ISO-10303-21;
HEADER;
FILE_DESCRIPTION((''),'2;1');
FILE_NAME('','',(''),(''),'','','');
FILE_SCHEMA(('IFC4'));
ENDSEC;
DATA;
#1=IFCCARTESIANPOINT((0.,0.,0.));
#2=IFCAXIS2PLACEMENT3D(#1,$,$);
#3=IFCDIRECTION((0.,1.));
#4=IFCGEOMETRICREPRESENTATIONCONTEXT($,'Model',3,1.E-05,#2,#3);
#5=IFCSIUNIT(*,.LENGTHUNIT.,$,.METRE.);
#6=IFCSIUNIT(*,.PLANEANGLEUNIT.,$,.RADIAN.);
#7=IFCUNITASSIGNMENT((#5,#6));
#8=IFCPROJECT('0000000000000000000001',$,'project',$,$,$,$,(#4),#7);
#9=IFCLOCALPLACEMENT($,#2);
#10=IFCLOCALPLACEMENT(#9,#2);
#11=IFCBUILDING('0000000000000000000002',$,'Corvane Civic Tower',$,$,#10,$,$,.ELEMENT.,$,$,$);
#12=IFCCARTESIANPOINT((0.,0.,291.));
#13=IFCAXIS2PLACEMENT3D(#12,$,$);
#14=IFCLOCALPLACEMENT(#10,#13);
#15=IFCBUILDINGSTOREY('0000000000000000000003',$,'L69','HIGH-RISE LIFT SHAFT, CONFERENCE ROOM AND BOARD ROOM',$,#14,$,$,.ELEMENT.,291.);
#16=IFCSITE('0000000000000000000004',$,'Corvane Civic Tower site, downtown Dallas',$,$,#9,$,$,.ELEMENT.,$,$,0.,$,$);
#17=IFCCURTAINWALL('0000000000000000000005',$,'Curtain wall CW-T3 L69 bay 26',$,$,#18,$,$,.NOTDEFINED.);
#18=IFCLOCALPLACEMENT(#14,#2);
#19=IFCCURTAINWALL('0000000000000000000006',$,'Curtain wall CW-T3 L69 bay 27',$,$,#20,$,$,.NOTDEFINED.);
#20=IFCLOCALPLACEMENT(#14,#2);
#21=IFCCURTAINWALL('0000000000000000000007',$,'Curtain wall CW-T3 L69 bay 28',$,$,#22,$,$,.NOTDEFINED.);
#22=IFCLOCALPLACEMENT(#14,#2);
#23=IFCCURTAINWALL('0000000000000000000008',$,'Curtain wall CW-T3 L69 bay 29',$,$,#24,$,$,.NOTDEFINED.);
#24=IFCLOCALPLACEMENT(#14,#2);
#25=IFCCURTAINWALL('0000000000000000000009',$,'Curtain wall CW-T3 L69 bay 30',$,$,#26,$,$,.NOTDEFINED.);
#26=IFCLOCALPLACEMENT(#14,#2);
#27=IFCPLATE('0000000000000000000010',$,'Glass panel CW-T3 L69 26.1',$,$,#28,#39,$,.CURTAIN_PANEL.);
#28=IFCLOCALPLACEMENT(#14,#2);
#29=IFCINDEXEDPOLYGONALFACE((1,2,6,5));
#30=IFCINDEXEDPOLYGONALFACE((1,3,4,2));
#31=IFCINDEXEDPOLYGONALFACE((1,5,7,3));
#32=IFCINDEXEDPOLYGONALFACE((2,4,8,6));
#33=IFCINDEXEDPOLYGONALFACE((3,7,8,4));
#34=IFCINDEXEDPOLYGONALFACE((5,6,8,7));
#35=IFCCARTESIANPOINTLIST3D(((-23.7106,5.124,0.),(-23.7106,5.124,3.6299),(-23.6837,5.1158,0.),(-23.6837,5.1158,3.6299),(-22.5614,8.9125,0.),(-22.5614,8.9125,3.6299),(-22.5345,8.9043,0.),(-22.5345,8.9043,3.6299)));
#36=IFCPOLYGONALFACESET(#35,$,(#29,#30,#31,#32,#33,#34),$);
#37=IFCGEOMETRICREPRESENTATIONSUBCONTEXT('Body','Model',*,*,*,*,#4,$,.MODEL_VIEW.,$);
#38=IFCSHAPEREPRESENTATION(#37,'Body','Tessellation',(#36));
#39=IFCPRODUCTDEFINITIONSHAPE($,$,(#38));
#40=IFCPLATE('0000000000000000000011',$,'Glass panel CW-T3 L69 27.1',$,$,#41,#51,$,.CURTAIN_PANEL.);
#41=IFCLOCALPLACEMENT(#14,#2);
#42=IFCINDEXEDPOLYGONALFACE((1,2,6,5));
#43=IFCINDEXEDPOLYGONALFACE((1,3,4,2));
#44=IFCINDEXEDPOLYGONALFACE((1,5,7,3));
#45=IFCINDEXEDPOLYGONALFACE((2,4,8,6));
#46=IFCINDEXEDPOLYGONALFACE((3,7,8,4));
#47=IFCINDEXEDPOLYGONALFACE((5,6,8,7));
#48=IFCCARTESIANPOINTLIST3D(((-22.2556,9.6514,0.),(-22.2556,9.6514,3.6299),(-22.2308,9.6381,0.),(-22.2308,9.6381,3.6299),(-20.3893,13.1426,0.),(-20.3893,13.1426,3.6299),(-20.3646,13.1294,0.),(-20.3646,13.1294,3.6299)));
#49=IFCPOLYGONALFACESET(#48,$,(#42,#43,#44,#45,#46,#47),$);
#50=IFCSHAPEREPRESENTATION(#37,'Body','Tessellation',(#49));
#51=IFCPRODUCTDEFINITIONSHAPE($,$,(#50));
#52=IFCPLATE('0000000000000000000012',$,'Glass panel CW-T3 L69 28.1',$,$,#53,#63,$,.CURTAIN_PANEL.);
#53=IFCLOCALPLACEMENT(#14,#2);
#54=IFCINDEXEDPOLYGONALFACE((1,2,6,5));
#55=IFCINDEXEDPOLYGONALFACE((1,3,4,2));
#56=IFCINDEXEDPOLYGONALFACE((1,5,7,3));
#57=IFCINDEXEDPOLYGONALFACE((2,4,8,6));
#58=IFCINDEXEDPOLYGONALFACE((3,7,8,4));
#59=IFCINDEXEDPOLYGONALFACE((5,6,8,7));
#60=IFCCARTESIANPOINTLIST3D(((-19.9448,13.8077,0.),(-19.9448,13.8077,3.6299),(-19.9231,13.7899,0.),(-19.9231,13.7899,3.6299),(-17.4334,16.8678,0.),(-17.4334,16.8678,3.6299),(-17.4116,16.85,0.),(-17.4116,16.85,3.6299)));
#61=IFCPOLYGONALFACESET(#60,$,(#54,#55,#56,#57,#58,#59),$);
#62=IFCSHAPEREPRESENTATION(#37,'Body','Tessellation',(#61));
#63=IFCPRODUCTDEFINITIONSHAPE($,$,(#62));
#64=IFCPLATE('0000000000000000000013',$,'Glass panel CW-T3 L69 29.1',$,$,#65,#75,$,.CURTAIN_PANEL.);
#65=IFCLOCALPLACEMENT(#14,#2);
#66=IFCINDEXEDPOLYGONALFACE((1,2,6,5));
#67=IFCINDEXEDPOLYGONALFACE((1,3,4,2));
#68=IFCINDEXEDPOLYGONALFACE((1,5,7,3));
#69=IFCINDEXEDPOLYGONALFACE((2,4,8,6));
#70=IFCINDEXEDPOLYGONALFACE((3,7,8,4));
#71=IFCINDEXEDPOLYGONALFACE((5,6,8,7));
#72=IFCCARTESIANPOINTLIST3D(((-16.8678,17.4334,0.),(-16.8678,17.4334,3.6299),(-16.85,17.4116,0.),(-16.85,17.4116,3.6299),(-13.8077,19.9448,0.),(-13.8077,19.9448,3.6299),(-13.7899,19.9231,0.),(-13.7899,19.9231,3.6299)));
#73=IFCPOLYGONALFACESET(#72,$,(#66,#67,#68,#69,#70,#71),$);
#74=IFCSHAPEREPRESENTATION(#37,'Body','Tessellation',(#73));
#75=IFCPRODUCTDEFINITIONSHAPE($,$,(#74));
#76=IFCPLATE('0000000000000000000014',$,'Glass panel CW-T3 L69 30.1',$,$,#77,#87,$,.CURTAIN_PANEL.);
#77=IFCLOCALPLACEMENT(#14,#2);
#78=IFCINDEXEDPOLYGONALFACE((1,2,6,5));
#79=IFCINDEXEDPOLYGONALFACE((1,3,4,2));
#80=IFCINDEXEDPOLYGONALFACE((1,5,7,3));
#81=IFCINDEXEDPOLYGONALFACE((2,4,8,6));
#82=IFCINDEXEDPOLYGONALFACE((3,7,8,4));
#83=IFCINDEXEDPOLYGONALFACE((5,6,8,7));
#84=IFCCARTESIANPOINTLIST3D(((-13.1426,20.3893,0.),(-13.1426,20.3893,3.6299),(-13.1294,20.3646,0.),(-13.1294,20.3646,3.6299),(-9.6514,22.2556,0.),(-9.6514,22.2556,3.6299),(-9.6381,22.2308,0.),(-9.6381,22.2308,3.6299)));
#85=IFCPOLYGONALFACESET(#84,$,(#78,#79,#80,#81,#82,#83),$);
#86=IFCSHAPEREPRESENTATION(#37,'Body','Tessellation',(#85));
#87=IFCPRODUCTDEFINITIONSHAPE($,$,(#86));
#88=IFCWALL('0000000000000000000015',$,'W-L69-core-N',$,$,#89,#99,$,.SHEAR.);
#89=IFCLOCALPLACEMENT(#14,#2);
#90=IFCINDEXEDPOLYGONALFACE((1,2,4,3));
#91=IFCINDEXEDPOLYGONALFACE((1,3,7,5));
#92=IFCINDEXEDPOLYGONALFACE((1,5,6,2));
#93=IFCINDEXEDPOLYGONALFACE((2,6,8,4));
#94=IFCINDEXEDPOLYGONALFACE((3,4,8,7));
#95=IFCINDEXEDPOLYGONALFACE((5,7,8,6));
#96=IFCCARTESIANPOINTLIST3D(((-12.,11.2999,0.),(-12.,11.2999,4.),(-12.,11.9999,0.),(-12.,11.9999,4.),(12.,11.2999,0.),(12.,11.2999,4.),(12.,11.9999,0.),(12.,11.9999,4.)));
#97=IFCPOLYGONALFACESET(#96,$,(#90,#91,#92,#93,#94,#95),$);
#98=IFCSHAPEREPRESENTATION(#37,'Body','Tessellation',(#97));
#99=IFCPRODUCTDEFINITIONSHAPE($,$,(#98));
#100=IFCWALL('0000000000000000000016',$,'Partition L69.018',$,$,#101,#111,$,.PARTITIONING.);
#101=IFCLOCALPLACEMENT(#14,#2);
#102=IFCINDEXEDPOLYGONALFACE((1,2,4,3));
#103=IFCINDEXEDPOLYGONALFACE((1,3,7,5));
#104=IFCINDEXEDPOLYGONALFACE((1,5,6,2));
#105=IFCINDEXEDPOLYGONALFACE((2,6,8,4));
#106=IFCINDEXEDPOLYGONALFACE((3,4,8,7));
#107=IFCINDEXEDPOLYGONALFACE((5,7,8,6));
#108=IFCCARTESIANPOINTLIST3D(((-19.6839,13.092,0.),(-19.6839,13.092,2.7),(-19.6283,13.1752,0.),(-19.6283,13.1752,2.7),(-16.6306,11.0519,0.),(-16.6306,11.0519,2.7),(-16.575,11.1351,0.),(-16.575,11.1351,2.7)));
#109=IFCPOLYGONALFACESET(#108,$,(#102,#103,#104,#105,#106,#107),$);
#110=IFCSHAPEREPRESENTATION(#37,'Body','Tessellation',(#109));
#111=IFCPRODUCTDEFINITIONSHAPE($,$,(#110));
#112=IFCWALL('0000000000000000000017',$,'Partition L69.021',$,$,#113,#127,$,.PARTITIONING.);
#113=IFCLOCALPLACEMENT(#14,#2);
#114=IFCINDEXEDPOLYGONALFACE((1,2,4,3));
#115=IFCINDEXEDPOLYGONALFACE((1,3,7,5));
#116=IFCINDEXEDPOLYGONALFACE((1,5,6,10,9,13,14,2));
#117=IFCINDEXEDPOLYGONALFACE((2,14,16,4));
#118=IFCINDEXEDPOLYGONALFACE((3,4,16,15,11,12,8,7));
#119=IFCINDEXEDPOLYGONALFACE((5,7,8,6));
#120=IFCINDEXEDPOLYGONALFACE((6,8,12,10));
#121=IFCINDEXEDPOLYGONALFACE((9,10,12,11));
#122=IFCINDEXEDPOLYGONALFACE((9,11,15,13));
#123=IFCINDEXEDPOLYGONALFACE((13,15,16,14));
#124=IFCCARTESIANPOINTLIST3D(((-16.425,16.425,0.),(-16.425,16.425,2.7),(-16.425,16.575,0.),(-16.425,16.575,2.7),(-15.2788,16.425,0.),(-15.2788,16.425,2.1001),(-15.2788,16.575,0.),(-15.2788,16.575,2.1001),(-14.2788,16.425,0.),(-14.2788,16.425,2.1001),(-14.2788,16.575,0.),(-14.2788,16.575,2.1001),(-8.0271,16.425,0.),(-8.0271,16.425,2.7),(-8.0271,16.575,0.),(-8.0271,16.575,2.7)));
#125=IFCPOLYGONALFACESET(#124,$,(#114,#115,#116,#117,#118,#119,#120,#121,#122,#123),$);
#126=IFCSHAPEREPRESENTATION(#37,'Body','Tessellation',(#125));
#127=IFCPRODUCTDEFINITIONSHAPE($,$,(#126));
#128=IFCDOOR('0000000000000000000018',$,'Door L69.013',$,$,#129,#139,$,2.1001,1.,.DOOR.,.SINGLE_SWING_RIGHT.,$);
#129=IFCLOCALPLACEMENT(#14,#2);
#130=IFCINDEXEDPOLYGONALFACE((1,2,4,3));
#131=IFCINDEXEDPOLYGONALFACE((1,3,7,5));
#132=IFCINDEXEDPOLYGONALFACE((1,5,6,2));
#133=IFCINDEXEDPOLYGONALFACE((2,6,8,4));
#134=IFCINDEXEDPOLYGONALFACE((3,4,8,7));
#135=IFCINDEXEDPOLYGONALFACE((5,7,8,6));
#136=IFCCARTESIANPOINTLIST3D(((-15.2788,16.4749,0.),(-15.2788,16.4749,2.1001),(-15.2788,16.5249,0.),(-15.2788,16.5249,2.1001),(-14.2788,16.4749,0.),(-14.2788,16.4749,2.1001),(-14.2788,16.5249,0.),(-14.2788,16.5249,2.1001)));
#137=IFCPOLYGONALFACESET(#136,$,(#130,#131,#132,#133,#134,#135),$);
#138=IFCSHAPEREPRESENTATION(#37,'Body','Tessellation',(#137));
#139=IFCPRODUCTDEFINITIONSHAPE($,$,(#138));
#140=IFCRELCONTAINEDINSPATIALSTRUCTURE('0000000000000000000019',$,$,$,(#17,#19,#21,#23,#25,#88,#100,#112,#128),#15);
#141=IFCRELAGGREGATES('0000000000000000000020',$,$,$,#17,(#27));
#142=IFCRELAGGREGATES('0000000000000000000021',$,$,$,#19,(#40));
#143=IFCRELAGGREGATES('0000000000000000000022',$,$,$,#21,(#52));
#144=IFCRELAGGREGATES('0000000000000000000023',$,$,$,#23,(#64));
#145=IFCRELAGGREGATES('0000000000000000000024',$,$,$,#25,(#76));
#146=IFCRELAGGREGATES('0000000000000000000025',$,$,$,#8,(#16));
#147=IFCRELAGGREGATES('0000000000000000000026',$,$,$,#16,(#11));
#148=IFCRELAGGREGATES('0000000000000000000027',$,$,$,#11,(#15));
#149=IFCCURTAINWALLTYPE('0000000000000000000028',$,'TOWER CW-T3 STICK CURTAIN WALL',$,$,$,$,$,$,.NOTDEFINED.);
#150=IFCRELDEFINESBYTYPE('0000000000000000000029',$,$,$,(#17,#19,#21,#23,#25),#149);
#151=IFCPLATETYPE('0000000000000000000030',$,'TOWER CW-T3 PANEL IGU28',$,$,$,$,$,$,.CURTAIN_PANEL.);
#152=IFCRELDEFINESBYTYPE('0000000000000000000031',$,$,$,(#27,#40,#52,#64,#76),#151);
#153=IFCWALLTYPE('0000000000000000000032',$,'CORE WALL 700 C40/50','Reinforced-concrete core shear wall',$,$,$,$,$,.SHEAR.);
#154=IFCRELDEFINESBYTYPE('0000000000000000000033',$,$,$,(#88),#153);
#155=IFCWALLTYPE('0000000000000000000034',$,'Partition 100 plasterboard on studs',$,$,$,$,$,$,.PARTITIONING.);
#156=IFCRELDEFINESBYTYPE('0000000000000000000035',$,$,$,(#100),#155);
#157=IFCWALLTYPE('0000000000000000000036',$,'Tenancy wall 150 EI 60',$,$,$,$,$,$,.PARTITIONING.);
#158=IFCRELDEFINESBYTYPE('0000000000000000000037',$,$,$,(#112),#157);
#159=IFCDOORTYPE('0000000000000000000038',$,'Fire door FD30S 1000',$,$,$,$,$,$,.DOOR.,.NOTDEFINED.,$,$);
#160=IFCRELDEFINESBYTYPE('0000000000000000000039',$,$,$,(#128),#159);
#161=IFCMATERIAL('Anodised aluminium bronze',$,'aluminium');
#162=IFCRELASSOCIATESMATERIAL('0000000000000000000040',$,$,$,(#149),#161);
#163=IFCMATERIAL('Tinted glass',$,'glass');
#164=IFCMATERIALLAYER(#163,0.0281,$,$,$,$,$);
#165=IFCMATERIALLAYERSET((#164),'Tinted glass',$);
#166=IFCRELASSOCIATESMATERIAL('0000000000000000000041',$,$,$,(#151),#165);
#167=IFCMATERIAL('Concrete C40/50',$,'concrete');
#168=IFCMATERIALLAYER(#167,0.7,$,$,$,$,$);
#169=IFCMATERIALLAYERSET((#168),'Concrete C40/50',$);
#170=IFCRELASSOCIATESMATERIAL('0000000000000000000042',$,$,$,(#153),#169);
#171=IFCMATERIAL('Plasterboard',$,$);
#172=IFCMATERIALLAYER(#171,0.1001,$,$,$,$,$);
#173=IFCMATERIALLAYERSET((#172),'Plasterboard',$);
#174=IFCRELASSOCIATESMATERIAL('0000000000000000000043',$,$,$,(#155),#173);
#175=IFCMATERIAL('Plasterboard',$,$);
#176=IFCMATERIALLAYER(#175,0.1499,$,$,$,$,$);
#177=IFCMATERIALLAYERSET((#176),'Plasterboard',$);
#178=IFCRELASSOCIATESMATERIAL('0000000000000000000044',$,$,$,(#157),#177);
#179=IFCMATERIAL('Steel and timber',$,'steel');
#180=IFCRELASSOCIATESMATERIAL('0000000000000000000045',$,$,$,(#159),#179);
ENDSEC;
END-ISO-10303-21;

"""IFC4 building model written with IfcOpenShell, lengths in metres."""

from ifc_helpers import new_model, si_unit, direction, frame, frame_2d, origin, origin_2d, place, context, subcontext, project, spatial, rectangle, extrude, material, layer, layer_set, type_object, element, fill, aggregate, save


model = new_model("IFC4")

# Units and contexts
model_context = context("Model", 3, precision=1e-05, world=origin(), true_north=direction((0.0, 1.0)))
body_context = subcontext(model_context, "Body", "Model", "MODEL_VIEW")
ifc_project = project(units=[si_unit("LENGTHUNIT", "METRE"), si_unit("PLANEANGLEUNIT", "RADIAN")], contexts=[model_context])

# Site, building, storey
site_placement = place(None, origin())
site = spatial("IfcSite", under=ifc_project, at=site_placement, Name="Corvane Civic Tower site, downtown Dallas", CompositionType="ELEMENT", RefElevation=0.0)
building_placement = place(site_placement, origin())
building = spatial("IfcBuilding", under=site, at=building_placement, Name="Corvane Civic Tower", CompositionType="ELEMENT")
storey_placement = place(building_placement, frame((0.0, 0.0, 291.0)))
storey = spatial("IfcBuildingStorey", under=building, at=storey_placement, Name="L69", Description="HIGH-RISE LIFT SHAFT, CONFERENCE ROOM AND BOARD ROOM", CompositionType="ELEMENT", Elevation=291.0)

# Curtain walls
ifc_material_1 = material(Name="Anodised aluminium bronze", Category="aluminium")
curtain_wall_type = type_object("IfcCurtainWallType", Name="TOWER CW-T3 STICK CURTAIN WALL", PredefinedType="NOTDEFINED", material=ifc_material_1)
curtain_wall_1_placement = place(storey_placement, origin())
curtain_wall_1 = element("IfcCurtainWall", 1, at=curtain_wall_1_placement, inside=storey, type_object=curtain_wall_type, Name="Curtain wall CW-T3 L69 bay 26", PredefinedType="NOTDEFINED")
curtain_wall_2_placement = place(storey_placement, origin())
curtain_wall_2 = element("IfcCurtainWall", 2, at=curtain_wall_2_placement, inside=storey, type_object=curtain_wall_type, Name="Curtain wall CW-T3 L69 bay 27", PredefinedType="NOTDEFINED")
curtain_wall_3_placement = place(storey_placement, origin())
curtain_wall_3 = element("IfcCurtainWall", 3, at=curtain_wall_3_placement, inside=storey, type_object=curtain_wall_type, Name="Curtain wall CW-T3 L69 bay 28", PredefinedType="NOTDEFINED")
curtain_wall_4_placement = place(storey_placement, origin())
curtain_wall_4 = element("IfcCurtainWall", 4, at=curtain_wall_4_placement, inside=storey, type_object=curtain_wall_type, Name="Curtain wall CW-T3 L69 bay 29", PredefinedType="NOTDEFINED")
curtain_wall_5_placement = place(storey_placement, origin())
curtain_wall_5 = element("IfcCurtainWall", 5, at=curtain_wall_5_placement, inside=storey, type_object=curtain_wall_type, Name="Curtain wall CW-T3 L69 bay 30", PredefinedType="NOTDEFINED")

# Plates
ifc_material_2 = material(Name="Tinted glass", Category="glass")
ifc_layer_1 = layer(ifc_material_2, 0.0281)
ifc_layer_set_1 = layer_set([ifc_layer_1], Name="Tinted glass")
plate_type = type_object("IfcPlateType", Name="TOWER CW-T3 PANEL IGU28", PredefinedType="CURTAIN_PANEL", material=ifc_layer_set_1)
plate_1_placement = place(storey_placement, frame((-23.1226, 7.0142, 0.0), z_axis=(0.0, 0.0, 1.0), x_axis=(0.290274, 0.956944, 0.0)))
plate_1 = element("IfcPlate", 6, at=plate_1_placement, type_object=plate_type, Name="Glass panel CW-T3 L69 26.1", PredefinedType="CURTAIN_PANEL", context=body_context, shape_type="SweptSolid", body=[
    extrude(rectangle(XDim=3.959, YDim=0.0281, at=origin_2d()), origin(), (0.0, 0.0, 1.0), 3.6299),
])
aggregate(curtain_wall_1, [plate_1])
plate_2_placement = place(storey_placement, frame((-21.3101, 11.3904, 0.0), z_axis=(0.0, 0.0, 1.0), x_axis=(0.471421, 0.881908, 0.0)))
plate_2 = element("IfcPlate", 7, at=plate_2_placement, type_object=plate_type, Name="Glass panel CW-T3 L69 27.1", PredefinedType="CURTAIN_PANEL", context=body_context, shape_type="SweptSolid", body=[
    extrude(rectangle(XDim=3.9587, YDim=0.0281, at=origin_2d()), origin(), (0.0, 0.0, 1.0), 3.6299),
])
aggregate(curtain_wall_2, [plate_2])
plate_3_placement = place(storey_placement, frame((-18.6782, 15.3289, 0.0), z_axis=(0.0, 0.0, 1.0), x_axis=(0.634405, 0.773001, 0.0)))
plate_3 = element("IfcPlate", 8, at=plate_3_placement, type_object=plate_type, Name="Glass panel CW-T3 L69 28.1", PredefinedType="CURTAIN_PANEL", context=body_context, shape_type="SweptSolid", body=[
    extrude(rectangle(XDim=3.9587, YDim=0.0281, at=origin_2d()), origin(), (0.0, 0.0, 1.0), 3.6299),
])
aggregate(curtain_wall_3, [plate_3])
plate_4_placement = place(storey_placement, frame((-15.3289, 18.6782, 0.0), z_axis=(0.0, 0.0, 1.0), x_axis=(0.773001, 0.634405, 0.0)))
plate_4 = element("IfcPlate", 9, at=plate_4_placement, type_object=plate_type, Name="Glass panel CW-T3 L69 29.1", PredefinedType="CURTAIN_PANEL", context=body_context, shape_type="SweptSolid", body=[
    extrude(rectangle(XDim=3.9587, YDim=0.0281, at=origin_2d()), origin(), (0.0, 0.0, 1.0), 3.6299),
])
aggregate(curtain_wall_4, [plate_4])
plate_5_placement = place(storey_placement, frame((-11.3904, 21.3101, 0.0), z_axis=(0.0, 0.0, 1.0), x_axis=(0.881908, 0.471421, 0.0)))
plate_5 = element("IfcPlate", 10, at=plate_5_placement, type_object=plate_type, Name="Glass panel CW-T3 L69 30.1", PredefinedType="CURTAIN_PANEL", context=body_context, shape_type="SweptSolid", body=[
    extrude(rectangle(XDim=3.9587, YDim=0.0281, at=origin_2d()), origin(), (0.0, 0.0, 1.0), 3.6299),
])
aggregate(curtain_wall_5, [plate_5])

# Walls
ifc_material_3 = material(Name="Concrete C40/50", Category="concrete")
ifc_layer_2 = layer(ifc_material_3, 0.7)
ifc_layer_set_2 = layer_set([ifc_layer_2], Name="Concrete C40/50")
wall_type_1 = type_object("IfcWallType", Name="CORE WALL 700 C40/50", Description="Reinforced-concrete core shear wall", PredefinedType="SHEAR", material=ifc_layer_set_2)
wall_1_placement = place(storey_placement, frame((-12.0, 11.6499, 0.0), z_axis=(0.0, 0.0, 1.0), x_axis=(1.0, 0.0, 0.0)))
element("IfcWall", 11, at=wall_1_placement, inside=storey, type_object=wall_type_1, Name="W-L69-core-N", PredefinedType="SHEAR", context=body_context, shape_type="SweptSolid", body=[
    extrude(rectangle(XDim=24.0, YDim=0.7, at=frame_2d((12.0, 0.0))), origin(), (0.0, 0.0, 1.0), 4.0),
])
ifc_material_4 = material(Name="Plasterboard")
ifc_layer_3 = layer(ifc_material_4, 0.1001)
ifc_layer_set_3 = layer_set([ifc_layer_3], Name="Plasterboard")
wall_type_2 = type_object("IfcWallType", Name="Partition 100 plasterboard on studs", PredefinedType="PARTITIONING", material=ifc_layer_set_3)
wall_2_placement = place(storey_placement, frame((-19.656, 13.1335, 0.0), z_axis=(0.0, 0.0, 1.0), x_axis=(0.831477, -0.555559, 0.0)))
element("IfcWall", 12, at=wall_2_placement, inside=storey, type_object=wall_type_2, Name="Partition L69.018", PredefinedType="PARTITIONING", context=body_context, shape_type="SweptSolid", body=[
    extrude(rectangle(XDim=3.6721, YDim=0.1001, at=frame_2d((1.8359, 0.0))), origin(), (0.0, 0.0, 1.0), 2.7),
])

# Wall, opening, door
ifc_material_5 = material(Name="Plasterboard")
ifc_layer_4 = layer(ifc_material_5, 0.1499)
ifc_layer_set_4 = layer_set([ifc_layer_4], Name="Plasterboard")
wall_type_3 = type_object("IfcWallType", Name="Tenancy wall 150 EI 60", PredefinedType="PARTITIONING", material=ifc_layer_set_4)
wall_3_placement = place(storey_placement, frame((-16.425, 16.5, 0.0), z_axis=(0.0, 0.0, 1.0), x_axis=(1.0, 0.0, 0.0)))
wall_3 = element("IfcWall", 13, at=wall_3_placement, inside=storey, type_object=wall_type_3, Name="Partition L69.021", PredefinedType="PARTITIONING", context=body_context, shape_type="SweptSolid", body=[
    extrude(rectangle(XDim=8.3979, YDim=0.1499, at=frame_2d((4.199, 0.0))), origin(), (0.0, 0.0, 1.0), 2.7),
])
opening_placement = place(wall_3_placement, frame((1.1462, 0.0, 0.0)))
opening = element("IfcOpeningElement", 14, at=opening_placement, cuts=wall_3, PredefinedType="OPENING", context=body_context, shape_type="SweptSolid", body=[
    extrude(rectangle(XDim=1.0, YDim=2.1001, at=frame_2d((0.5, 1.05))), frame((0.0, 0.085, 0.0), z_axis=(0.0, -1.0, 0.0), x_axis=(1.0, 0.0, 0.0)), (0.0, 0.0, 1.0), 0.1699),
])
ifc_material_6 = material(Name="Steel and timber", Category="steel")
door_type = type_object("IfcDoorType", Name="Fire door FD30S 1000", OperationType="NOTDEFINED", PredefinedType="DOOR", material=ifc_material_6)
door_placement = place(opening_placement, origin())
door = element("IfcDoor", 15, at=door_placement, inside=storey, type_object=door_type, Name="Door L69.013", OperationType="SINGLE_SWING_RIGHT", OverallHeight=2.1001, OverallWidth=1.0, PredefinedType="DOOR", context=body_context, shape_type="SweptSolid", body=[
    extrude(rectangle(XDim=1.0, YDim=2.1001, at=frame_2d((0.5, 1.05))), frame((0.0, 0.0249, 0.0), z_axis=(0.0, -1.0, 0.0), x_axis=(1.0, 0.0, 0.0)), (0.0, 0.0, 1.0), 0.05),
])
fill(opening, door)

save(model, "model.ifc")
